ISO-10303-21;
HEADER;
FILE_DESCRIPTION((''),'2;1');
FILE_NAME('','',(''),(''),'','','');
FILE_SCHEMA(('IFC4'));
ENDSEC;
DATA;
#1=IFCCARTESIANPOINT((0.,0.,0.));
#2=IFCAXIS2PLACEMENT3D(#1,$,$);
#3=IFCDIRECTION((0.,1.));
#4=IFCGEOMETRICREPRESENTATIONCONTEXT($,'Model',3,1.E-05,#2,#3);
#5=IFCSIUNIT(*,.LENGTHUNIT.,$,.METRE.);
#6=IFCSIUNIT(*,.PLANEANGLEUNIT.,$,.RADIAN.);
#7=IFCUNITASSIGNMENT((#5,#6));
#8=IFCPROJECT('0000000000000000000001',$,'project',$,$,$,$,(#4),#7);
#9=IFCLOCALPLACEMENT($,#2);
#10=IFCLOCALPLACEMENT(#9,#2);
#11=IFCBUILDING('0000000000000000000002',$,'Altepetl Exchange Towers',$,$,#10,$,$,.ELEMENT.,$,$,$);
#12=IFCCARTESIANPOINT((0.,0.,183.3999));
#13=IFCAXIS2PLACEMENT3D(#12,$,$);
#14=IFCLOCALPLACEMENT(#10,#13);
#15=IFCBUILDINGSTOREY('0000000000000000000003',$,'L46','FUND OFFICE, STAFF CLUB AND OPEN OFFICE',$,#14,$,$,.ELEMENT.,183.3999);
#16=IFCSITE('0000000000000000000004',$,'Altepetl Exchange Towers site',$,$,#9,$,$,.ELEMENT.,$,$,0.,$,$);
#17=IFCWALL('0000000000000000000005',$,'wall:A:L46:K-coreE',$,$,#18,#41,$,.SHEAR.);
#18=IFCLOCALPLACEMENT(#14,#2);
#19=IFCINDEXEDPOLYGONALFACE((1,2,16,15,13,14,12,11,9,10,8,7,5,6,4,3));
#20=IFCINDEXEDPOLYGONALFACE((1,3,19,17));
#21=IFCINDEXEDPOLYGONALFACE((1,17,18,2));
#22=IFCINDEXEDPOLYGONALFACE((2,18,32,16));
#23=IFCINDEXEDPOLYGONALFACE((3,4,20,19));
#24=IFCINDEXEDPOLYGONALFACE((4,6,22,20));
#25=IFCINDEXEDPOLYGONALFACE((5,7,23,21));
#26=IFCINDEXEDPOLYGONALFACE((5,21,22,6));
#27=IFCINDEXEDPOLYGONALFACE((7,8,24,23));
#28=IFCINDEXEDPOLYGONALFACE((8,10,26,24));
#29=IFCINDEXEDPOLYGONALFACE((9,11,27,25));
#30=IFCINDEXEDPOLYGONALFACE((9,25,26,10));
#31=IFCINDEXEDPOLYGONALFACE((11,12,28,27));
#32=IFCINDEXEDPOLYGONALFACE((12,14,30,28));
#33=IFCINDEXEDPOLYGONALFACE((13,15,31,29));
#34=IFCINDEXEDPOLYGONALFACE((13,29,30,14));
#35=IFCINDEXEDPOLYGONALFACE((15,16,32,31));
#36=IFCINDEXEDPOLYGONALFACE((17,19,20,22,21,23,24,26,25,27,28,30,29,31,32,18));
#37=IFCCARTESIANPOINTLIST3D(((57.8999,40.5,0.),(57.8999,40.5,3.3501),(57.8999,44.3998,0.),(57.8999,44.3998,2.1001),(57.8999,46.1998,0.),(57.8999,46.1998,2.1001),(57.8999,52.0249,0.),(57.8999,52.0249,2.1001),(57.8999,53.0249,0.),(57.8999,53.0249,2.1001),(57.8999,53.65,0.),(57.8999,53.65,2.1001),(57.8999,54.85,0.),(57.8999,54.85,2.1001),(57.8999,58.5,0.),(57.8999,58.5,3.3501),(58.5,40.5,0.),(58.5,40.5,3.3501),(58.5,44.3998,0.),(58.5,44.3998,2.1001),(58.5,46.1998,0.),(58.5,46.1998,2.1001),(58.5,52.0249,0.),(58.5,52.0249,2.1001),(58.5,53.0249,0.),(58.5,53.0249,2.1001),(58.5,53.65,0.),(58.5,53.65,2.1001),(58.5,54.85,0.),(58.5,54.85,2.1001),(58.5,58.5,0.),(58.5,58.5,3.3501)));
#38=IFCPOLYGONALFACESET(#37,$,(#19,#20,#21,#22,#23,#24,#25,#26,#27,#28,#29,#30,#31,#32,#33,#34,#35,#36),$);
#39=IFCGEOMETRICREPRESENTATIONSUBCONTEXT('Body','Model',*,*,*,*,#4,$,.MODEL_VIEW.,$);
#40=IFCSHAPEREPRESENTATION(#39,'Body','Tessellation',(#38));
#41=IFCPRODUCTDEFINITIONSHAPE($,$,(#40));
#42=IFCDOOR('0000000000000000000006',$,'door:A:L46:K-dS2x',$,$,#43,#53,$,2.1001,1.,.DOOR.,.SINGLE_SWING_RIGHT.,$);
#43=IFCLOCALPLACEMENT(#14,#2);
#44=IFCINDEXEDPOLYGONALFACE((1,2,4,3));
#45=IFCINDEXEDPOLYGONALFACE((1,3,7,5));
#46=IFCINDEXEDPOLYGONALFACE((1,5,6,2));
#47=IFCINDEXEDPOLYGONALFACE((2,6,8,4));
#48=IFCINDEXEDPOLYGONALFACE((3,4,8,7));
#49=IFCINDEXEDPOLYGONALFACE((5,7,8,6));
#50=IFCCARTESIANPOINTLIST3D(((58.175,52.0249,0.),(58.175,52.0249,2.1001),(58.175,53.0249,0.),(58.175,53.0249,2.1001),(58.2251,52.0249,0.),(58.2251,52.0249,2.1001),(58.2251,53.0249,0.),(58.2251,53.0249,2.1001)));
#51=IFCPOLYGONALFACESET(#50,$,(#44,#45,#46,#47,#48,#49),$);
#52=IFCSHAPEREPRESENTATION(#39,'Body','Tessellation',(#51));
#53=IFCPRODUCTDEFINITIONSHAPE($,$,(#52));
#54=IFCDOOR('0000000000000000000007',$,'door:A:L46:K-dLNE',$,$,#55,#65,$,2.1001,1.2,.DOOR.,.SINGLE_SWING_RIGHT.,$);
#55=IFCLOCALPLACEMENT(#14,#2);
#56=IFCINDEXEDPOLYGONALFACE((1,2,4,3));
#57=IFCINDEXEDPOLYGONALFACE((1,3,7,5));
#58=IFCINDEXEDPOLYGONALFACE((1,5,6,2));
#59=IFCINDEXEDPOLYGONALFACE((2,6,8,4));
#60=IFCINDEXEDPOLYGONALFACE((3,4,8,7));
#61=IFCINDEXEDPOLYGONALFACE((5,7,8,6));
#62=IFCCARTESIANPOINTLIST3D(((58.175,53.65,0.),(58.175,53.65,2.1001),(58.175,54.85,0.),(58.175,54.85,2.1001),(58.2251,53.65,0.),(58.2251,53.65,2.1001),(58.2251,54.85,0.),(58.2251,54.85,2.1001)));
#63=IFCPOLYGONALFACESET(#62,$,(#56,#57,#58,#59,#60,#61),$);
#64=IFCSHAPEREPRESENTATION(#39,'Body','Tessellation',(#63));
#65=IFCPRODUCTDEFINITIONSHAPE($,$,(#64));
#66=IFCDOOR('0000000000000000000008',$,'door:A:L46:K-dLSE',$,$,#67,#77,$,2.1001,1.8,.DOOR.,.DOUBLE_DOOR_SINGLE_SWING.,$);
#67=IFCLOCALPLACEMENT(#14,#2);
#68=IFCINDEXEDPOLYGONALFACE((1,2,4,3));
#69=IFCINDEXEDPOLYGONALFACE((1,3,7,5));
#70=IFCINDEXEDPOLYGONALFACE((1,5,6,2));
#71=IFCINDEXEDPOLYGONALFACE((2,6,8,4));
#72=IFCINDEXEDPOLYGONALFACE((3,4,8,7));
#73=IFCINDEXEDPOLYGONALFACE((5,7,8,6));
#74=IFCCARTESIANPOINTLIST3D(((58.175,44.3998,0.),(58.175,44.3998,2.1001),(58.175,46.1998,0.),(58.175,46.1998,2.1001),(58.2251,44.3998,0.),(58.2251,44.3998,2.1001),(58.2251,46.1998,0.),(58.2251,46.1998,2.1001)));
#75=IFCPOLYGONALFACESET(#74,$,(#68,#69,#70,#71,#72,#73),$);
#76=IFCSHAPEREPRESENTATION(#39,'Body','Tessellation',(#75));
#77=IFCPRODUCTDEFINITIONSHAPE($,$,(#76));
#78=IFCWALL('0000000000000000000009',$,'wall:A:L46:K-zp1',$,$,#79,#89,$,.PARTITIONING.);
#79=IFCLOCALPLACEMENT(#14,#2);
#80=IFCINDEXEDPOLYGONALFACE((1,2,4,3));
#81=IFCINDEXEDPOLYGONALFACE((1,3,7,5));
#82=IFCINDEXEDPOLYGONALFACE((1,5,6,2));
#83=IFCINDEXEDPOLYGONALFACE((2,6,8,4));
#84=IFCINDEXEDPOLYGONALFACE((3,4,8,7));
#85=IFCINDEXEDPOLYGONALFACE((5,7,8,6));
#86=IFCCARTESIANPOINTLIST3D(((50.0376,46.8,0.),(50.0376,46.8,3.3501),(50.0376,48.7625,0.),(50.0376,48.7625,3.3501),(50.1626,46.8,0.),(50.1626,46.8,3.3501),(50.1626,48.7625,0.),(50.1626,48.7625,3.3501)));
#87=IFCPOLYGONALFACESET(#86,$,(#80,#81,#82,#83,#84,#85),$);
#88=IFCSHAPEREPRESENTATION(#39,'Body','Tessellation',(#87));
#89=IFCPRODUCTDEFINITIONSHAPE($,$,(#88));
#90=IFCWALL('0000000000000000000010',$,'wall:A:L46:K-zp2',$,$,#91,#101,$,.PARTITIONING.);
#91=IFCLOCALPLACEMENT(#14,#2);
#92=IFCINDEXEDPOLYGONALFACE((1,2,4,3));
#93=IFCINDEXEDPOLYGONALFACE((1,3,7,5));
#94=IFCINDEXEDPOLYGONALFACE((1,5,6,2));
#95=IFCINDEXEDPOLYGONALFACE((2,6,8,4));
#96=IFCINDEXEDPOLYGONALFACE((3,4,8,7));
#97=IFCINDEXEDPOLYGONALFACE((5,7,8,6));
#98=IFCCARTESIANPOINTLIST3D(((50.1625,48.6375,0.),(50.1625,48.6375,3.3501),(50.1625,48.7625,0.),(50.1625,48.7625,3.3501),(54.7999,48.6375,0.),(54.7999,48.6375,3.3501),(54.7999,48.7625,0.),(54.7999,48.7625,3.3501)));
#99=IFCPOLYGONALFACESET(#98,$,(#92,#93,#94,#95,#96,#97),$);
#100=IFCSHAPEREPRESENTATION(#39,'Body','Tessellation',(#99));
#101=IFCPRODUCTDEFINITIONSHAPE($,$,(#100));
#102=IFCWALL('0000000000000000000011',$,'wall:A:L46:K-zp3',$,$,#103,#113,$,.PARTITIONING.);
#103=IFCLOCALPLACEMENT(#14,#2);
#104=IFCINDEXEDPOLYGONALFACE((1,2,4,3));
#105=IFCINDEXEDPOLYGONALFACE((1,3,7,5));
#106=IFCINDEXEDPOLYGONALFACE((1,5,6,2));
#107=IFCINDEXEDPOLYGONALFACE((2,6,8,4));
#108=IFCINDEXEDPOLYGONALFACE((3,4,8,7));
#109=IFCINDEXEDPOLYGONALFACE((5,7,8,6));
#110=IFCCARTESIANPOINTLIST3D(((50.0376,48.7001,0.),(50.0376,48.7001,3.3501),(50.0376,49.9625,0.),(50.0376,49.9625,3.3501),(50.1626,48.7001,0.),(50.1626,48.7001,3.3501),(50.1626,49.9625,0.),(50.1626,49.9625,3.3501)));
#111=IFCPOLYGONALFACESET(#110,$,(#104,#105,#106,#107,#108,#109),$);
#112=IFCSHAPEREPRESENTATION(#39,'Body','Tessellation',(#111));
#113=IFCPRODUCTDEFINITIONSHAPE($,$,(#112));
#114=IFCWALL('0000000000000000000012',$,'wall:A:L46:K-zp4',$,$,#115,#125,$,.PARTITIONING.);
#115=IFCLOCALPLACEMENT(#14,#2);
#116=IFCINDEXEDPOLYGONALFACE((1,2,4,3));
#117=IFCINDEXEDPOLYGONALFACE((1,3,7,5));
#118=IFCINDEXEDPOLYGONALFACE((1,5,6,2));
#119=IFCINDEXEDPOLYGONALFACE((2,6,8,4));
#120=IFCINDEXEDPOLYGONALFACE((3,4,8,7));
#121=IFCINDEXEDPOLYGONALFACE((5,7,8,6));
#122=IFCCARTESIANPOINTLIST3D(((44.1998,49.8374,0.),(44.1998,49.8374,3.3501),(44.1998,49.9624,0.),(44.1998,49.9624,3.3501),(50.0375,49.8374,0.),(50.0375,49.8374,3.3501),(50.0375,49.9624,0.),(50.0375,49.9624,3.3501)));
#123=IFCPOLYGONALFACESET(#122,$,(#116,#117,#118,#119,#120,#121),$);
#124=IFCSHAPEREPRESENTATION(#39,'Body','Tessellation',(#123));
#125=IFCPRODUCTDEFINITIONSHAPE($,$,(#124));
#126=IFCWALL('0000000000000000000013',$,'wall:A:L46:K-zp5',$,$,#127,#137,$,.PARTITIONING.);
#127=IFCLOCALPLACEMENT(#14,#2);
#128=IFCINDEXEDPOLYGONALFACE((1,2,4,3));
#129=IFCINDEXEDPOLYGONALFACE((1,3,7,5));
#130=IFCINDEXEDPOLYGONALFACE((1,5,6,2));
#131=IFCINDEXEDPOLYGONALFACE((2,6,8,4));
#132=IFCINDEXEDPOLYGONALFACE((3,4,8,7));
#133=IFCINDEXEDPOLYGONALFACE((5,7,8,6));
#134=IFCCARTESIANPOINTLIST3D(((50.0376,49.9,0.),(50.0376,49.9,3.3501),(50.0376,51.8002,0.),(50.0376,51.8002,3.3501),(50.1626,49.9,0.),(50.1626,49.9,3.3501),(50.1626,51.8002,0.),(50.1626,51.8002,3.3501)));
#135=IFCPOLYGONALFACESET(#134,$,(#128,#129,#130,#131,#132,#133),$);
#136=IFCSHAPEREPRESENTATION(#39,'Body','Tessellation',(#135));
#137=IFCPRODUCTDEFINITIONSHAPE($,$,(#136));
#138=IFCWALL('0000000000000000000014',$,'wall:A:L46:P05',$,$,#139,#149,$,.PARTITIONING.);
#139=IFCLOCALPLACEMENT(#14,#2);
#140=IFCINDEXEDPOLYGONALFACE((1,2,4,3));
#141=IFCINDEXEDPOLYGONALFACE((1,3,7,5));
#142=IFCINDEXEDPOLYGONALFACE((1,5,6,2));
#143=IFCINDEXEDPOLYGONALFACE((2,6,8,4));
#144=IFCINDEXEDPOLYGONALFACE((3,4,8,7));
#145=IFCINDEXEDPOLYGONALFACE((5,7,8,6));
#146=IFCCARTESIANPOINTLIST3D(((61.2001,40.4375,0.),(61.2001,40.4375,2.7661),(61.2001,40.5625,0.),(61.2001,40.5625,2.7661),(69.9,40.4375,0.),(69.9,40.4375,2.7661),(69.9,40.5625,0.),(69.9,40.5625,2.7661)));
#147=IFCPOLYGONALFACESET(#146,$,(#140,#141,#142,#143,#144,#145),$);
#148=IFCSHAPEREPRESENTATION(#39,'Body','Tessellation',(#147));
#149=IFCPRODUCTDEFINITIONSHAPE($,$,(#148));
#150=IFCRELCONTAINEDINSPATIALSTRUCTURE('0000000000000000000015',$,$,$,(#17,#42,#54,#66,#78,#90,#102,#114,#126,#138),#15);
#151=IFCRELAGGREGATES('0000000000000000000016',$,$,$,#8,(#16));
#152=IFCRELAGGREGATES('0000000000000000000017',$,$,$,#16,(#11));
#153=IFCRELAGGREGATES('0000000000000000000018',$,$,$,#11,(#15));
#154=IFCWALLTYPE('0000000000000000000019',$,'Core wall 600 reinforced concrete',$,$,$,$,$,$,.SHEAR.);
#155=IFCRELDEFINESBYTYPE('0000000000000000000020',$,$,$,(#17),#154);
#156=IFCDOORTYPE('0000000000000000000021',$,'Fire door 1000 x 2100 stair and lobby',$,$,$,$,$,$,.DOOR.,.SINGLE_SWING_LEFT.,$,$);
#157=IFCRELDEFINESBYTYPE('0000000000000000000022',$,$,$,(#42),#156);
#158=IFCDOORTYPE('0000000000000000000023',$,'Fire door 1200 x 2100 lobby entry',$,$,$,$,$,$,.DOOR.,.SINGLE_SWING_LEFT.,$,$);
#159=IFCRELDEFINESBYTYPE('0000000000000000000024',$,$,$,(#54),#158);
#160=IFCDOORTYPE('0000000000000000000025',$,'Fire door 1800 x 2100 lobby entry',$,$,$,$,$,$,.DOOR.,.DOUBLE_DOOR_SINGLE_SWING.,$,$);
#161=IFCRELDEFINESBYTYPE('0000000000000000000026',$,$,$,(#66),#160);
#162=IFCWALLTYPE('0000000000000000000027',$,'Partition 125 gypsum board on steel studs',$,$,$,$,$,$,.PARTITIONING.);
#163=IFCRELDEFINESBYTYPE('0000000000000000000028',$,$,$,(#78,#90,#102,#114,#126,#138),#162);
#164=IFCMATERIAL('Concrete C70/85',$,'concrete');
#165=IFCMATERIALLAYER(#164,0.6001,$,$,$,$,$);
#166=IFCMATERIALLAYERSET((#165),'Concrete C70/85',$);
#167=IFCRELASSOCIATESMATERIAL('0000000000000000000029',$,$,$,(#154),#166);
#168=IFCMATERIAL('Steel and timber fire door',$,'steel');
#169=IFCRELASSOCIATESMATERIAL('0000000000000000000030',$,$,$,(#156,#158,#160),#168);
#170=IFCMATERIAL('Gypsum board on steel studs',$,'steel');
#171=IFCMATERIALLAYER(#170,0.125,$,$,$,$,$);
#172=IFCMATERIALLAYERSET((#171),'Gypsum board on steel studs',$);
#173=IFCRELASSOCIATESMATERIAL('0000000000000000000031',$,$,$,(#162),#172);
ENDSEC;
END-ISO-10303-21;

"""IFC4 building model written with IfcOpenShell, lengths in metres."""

from ifc_helpers import new_model, si_unit, direction, frame, frame_2d, origin, place, context, subcontext, project, spatial, rectangle, extrude, material, layer, layer_set, type_object, element, fill, save


model = new_model("IFC4")

# Units and contexts
model_context = context("Model", 3, precision=1e-05, world=origin(), true_north=direction((0.0, 1.0)))
body_context = subcontext(model_context, "Body", "Model", "MODEL_VIEW")
ifc_project = project(units=[si_unit("LENGTHUNIT", "METRE"), si_unit("PLANEANGLEUNIT", "RADIAN")], contexts=[model_context])

# Site, building, storey
site_placement = place(None, origin())
site = spatial("IfcSite", under=ifc_project, at=site_placement, Name="Altepetl Exchange Towers site", CompositionType="ELEMENT", RefElevation=0.0)
building_placement = place(site_placement, origin())
building = spatial("IfcBuilding", under=site, at=building_placement, Name="Altepetl Exchange Towers", CompositionType="ELEMENT")
storey_placement = place(building_placement, frame((0.0, 0.0, 183.3999)))
storey = spatial("IfcBuildingStorey", under=building, at=storey_placement, Name="L46", Description="FUND OFFICE, STAFF CLUB AND OPEN OFFICE", CompositionType="ELEMENT", Elevation=183.3999)

# Wall, openings, doors
ifc_material_1 = material(Name="Concrete C70/85", Category="concrete")
ifc_layer_1 = layer(ifc_material_1, 0.6001)
ifc_layer_set_1 = layer_set([ifc_layer_1], Name="Concrete C70/85")
wall_type_1 = type_object("IfcWallType", Name="Core wall 600 reinforced concrete", PredefinedType="SHEAR", material=ifc_layer_set_1)
wall_1_placement = place(storey_placement, frame((58.2, 40.5, 0.0), z_axis=(0.0, 0.0, 1.0), x_axis=(0.0, 1.0, 0.0)))
wall_1 = element("IfcWall", 1, at=wall_1_placement, inside=storey, type_object=wall_type_1, Name="wall:A:L46:K-coreE", PredefinedType="SHEAR", context=body_context, shape_type="SweptSolid", body=[
    extrude(rectangle(XDim=18.0, YDim=0.6001, at=frame_2d((9.0, 0.0))), origin(), (0.0, 0.0, 1.0), 3.3501),
])
opening_1_placement = place(wall_1_placement, frame((13.1499, 0.0, 0.0)))
opening_1 = element("IfcOpeningElement", 2, at=opening_1_placement, cuts=wall_1, PredefinedType="OPENING", context=body_context, shape_type="SweptSolid", body=[
    extrude(rectangle(XDim=1.2, YDim=2.1001, at=frame_2d((0.6001, 1.05))), frame((0.0, 0.3101, 0.0), z_axis=(0.0, -1.0, 0.0), x_axis=(1.0, 0.0, 0.0)), (0.0, 0.0, 1.0), 0.6201),
])
opening_2_placement = place(wall_1_placement, frame((3.8999, 0.0, 0.0)))
opening_2 = element("IfcOpeningElement", 3, at=opening_2_placement, cuts=wall_1, PredefinedType="OPENING", context=body_context, shape_type="SweptSolid", body=[
    extrude(rectangle(XDim=1.8, YDim=2.1001, at=frame_2d((0.8999, 1.05))), frame((0.0, 0.3101, 0.0), z_axis=(0.0, -1.0, 0.0), x_axis=(1.0, 0.0, 0.0)), (0.0, 0.0, 1.0), 0.6201),
])
opening_3_placement = place(wall_1_placement, frame((11.5249, 0.0, 0.0)))
opening_3 = element("IfcOpeningElement", 4, at=opening_3_placement, cuts=wall_1, PredefinedType="OPENING", context=body_context, shape_type="SweptSolid", body=[
    extrude(rectangle(XDim=1.0, YDim=2.1001, at=frame_2d((0.5, 1.05))), frame((0.0, 0.3101, 0.0), z_axis=(0.0, -1.0, 0.0), x_axis=(1.0, 0.0, 0.0)), (0.0, 0.0, 1.0), 0.6201),
])
ifc_material_2 = material(Name="Steel and timber fire door", Category="steel")
door_type_1 = type_object("IfcDoorType", Name="Fire door 1000 x 2100 stair and lobby", OperationType="SINGLE_SWING_LEFT", PredefinedType="DOOR", material=ifc_material_2)
door_1_placement = place(opening_3_placement, origin())
door_1 = element("IfcDoor", 5, at=door_1_placement, inside=storey, type_object=door_type_1, Name="door:A:L46:K-dS2x", OperationType="SINGLE_SWING_RIGHT", OverallHeight=2.1001, OverallWidth=1.0, PredefinedType="DOOR", context=body_context, shape_type="SweptSolid", body=[
    extrude(rectangle(XDim=1.0, YDim=2.1001, at=frame_2d((0.5, 1.05))), frame((0.0, 0.0249, 0.0), z_axis=(0.0, -1.0, 0.0), x_axis=(1.0, 0.0, 0.0)), (0.0, 0.0, 1.0), 0.05),
])
fill(opening_3, door_1)
door_type_2 = type_object("IfcDoorType", Name="Fire door 1200 x 2100 lobby entry", OperationType="SINGLE_SWING_LEFT", PredefinedType="DOOR", material=ifc_material_2)
door_2_placement = place(opening_1_placement, origin())
door_2 = element("IfcDoor", 6, at=door_2_placement, inside=storey, type_object=door_type_2, Name="door:A:L46:K-dLNE", OperationType="SINGLE_SWING_RIGHT", OverallHeight=2.1001, OverallWidth=1.2, PredefinedType="DOOR", context=body_context, shape_type="SweptSolid", body=[
    extrude(rectangle(XDim=1.2, YDim=2.1001, at=frame_2d((0.6001, 1.05))), frame((0.0, 0.0249, 0.0), z_axis=(0.0, -1.0, 0.0), x_axis=(1.0, 0.0, 0.0)), (0.0, 0.0, 1.0), 0.05),
])
fill(opening_1, door_2)
door_type_3 = type_object("IfcDoorType", Name="Fire door 1800 x 2100 lobby entry", OperationType="DOUBLE_DOOR_SINGLE_SWING", PredefinedType="DOOR", material=ifc_material_2)
door_3_placement = place(opening_2_placement, origin())
door_3 = element("IfcDoor", 7, at=door_3_placement, inside=storey, type_object=door_type_3, Name="door:A:L46:K-dLSE", OperationType="DOUBLE_DOOR_SINGLE_SWING", OverallHeight=2.1001, OverallWidth=1.8, PredefinedType="DOOR", context=body_context, shape_type="SweptSolid", body=[
    extrude(rectangle(XDim=1.8, YDim=2.1001, at=frame_2d((0.8999, 1.05))), frame((0.0, 0.0249, 0.0), z_axis=(0.0, -1.0, 0.0), x_axis=(1.0, 0.0, 0.0)), (0.0, 0.0, 1.0), 0.05),
])
fill(opening_2, door_3)

# Walls
ifc_material_3 = material(Name="Gypsum board on steel studs", Category="steel")
ifc_layer_2 = layer(ifc_material_3, 0.125)
ifc_layer_set_2 = layer_set([ifc_layer_2], Name="Gypsum board on steel studs")
wall_type_2 = type_object("IfcWallType", Name="Partition 125 gypsum board on steel studs", PredefinedType="PARTITIONING", material=ifc_layer_set_2)
wall_2_placement = place(storey_placement, frame((50.1001, 46.8, 0.0), z_axis=(0.0, 0.0, 1.0), x_axis=(0.0, 1.0, 0.0)))
element("IfcWall", 8, at=wall_2_placement, inside=storey, type_object=wall_type_2, Name="wall:A:L46:K-zp1", PredefinedType="PARTITIONING", context=body_context, shape_type="SweptSolid", body=[
    extrude(rectangle(XDim=1.9624, YDim=0.125, at=frame_2d((0.9812, 0.0))), origin(), (0.0, 0.0, 1.0), 3.3501),
])
wall_3_placement = place(storey_placement, frame((54.8, 48.7, 0.0), z_axis=(0.0, 0.0, 1.0), x_axis=(-1.0, 0.0, 0.0)))
element("IfcWall", 9, at=wall_3_placement, inside=storey, type_object=wall_type_2, Name="wall:A:L46:K-zp2", PredefinedType="PARTITIONING", context=body_context, shape_type="SweptSolid", body=[
    extrude(rectangle(XDim=4.6375, YDim=0.125, at=frame_2d((2.3188, 0.0))), origin(), (0.0, 0.0, 1.0), 3.3501),
])
wall_4_placement = place(storey_placement, frame((50.1001, 48.7, 0.0), z_axis=(0.0, 0.0, 1.0), x_axis=(0.0, 1.0, 0.0)))
element("IfcWall", 10, at=wall_4_placement, inside=storey, type_object=wall_type_2, Name="wall:A:L46:K-zp3", PredefinedType="PARTITIONING", context=body_context, shape_type="SweptSolid", body=[
    extrude(rectangle(XDim=1.2625, YDim=0.125, at=frame_2d((0.6313, 0.0))), origin(), (0.0, 0.0, 1.0), 3.3501),
])
wall_5_placement = place(storey_placement, frame((50.0376, 49.8999, 0.0), z_axis=(0.0, 0.0, 1.0), x_axis=(-1.0, 0.0, 0.0)))
element("IfcWall", 11, at=wall_5_placement, inside=storey, type_object=wall_type_2, Name="wall:A:L46:K-zp4", PredefinedType="PARTITIONING", context=body_context, shape_type="SweptSolid", body=[
    extrude(rectangle(XDim=5.8376, YDim=0.125, at=frame_2d((2.9189, 0.0))), origin(), (0.0, 0.0, 1.0), 3.3501),
])
wall_6_placement = place(storey_placement, frame((50.1001, 49.8999, 0.0), z_axis=(0.0, 0.0, 1.0), x_axis=(0.0, 1.0, 0.0)))
element("IfcWall", 12, at=wall_6_placement, inside=storey, type_object=wall_type_2, Name="wall:A:L46:K-zp5", PredefinedType="PARTITIONING", context=body_context, shape_type="SweptSolid", body=[
    extrude(rectangle(XDim=1.9001, YDim=0.125, at=frame_2d((0.9502, 0.0))), origin(), (0.0, 0.0, 1.0), 3.3501),
])
wall_7_placement = place(storey_placement, frame((61.2, 40.5, 0.0)))
element("IfcWall", 13, at=wall_7_placement, inside=storey, type_object=wall_type_2, Name="wall:A:L46:P05", PredefinedType="PARTITIONING", context=body_context, shape_type="SweptSolid", body=[
    extrude(rectangle(XDim=8.7, YDim=0.125, at=frame_2d((4.3501, 0.0))), origin(), (0.0, 0.0, 1.0), 2.7661),
])

save(model, "model.ifc")
